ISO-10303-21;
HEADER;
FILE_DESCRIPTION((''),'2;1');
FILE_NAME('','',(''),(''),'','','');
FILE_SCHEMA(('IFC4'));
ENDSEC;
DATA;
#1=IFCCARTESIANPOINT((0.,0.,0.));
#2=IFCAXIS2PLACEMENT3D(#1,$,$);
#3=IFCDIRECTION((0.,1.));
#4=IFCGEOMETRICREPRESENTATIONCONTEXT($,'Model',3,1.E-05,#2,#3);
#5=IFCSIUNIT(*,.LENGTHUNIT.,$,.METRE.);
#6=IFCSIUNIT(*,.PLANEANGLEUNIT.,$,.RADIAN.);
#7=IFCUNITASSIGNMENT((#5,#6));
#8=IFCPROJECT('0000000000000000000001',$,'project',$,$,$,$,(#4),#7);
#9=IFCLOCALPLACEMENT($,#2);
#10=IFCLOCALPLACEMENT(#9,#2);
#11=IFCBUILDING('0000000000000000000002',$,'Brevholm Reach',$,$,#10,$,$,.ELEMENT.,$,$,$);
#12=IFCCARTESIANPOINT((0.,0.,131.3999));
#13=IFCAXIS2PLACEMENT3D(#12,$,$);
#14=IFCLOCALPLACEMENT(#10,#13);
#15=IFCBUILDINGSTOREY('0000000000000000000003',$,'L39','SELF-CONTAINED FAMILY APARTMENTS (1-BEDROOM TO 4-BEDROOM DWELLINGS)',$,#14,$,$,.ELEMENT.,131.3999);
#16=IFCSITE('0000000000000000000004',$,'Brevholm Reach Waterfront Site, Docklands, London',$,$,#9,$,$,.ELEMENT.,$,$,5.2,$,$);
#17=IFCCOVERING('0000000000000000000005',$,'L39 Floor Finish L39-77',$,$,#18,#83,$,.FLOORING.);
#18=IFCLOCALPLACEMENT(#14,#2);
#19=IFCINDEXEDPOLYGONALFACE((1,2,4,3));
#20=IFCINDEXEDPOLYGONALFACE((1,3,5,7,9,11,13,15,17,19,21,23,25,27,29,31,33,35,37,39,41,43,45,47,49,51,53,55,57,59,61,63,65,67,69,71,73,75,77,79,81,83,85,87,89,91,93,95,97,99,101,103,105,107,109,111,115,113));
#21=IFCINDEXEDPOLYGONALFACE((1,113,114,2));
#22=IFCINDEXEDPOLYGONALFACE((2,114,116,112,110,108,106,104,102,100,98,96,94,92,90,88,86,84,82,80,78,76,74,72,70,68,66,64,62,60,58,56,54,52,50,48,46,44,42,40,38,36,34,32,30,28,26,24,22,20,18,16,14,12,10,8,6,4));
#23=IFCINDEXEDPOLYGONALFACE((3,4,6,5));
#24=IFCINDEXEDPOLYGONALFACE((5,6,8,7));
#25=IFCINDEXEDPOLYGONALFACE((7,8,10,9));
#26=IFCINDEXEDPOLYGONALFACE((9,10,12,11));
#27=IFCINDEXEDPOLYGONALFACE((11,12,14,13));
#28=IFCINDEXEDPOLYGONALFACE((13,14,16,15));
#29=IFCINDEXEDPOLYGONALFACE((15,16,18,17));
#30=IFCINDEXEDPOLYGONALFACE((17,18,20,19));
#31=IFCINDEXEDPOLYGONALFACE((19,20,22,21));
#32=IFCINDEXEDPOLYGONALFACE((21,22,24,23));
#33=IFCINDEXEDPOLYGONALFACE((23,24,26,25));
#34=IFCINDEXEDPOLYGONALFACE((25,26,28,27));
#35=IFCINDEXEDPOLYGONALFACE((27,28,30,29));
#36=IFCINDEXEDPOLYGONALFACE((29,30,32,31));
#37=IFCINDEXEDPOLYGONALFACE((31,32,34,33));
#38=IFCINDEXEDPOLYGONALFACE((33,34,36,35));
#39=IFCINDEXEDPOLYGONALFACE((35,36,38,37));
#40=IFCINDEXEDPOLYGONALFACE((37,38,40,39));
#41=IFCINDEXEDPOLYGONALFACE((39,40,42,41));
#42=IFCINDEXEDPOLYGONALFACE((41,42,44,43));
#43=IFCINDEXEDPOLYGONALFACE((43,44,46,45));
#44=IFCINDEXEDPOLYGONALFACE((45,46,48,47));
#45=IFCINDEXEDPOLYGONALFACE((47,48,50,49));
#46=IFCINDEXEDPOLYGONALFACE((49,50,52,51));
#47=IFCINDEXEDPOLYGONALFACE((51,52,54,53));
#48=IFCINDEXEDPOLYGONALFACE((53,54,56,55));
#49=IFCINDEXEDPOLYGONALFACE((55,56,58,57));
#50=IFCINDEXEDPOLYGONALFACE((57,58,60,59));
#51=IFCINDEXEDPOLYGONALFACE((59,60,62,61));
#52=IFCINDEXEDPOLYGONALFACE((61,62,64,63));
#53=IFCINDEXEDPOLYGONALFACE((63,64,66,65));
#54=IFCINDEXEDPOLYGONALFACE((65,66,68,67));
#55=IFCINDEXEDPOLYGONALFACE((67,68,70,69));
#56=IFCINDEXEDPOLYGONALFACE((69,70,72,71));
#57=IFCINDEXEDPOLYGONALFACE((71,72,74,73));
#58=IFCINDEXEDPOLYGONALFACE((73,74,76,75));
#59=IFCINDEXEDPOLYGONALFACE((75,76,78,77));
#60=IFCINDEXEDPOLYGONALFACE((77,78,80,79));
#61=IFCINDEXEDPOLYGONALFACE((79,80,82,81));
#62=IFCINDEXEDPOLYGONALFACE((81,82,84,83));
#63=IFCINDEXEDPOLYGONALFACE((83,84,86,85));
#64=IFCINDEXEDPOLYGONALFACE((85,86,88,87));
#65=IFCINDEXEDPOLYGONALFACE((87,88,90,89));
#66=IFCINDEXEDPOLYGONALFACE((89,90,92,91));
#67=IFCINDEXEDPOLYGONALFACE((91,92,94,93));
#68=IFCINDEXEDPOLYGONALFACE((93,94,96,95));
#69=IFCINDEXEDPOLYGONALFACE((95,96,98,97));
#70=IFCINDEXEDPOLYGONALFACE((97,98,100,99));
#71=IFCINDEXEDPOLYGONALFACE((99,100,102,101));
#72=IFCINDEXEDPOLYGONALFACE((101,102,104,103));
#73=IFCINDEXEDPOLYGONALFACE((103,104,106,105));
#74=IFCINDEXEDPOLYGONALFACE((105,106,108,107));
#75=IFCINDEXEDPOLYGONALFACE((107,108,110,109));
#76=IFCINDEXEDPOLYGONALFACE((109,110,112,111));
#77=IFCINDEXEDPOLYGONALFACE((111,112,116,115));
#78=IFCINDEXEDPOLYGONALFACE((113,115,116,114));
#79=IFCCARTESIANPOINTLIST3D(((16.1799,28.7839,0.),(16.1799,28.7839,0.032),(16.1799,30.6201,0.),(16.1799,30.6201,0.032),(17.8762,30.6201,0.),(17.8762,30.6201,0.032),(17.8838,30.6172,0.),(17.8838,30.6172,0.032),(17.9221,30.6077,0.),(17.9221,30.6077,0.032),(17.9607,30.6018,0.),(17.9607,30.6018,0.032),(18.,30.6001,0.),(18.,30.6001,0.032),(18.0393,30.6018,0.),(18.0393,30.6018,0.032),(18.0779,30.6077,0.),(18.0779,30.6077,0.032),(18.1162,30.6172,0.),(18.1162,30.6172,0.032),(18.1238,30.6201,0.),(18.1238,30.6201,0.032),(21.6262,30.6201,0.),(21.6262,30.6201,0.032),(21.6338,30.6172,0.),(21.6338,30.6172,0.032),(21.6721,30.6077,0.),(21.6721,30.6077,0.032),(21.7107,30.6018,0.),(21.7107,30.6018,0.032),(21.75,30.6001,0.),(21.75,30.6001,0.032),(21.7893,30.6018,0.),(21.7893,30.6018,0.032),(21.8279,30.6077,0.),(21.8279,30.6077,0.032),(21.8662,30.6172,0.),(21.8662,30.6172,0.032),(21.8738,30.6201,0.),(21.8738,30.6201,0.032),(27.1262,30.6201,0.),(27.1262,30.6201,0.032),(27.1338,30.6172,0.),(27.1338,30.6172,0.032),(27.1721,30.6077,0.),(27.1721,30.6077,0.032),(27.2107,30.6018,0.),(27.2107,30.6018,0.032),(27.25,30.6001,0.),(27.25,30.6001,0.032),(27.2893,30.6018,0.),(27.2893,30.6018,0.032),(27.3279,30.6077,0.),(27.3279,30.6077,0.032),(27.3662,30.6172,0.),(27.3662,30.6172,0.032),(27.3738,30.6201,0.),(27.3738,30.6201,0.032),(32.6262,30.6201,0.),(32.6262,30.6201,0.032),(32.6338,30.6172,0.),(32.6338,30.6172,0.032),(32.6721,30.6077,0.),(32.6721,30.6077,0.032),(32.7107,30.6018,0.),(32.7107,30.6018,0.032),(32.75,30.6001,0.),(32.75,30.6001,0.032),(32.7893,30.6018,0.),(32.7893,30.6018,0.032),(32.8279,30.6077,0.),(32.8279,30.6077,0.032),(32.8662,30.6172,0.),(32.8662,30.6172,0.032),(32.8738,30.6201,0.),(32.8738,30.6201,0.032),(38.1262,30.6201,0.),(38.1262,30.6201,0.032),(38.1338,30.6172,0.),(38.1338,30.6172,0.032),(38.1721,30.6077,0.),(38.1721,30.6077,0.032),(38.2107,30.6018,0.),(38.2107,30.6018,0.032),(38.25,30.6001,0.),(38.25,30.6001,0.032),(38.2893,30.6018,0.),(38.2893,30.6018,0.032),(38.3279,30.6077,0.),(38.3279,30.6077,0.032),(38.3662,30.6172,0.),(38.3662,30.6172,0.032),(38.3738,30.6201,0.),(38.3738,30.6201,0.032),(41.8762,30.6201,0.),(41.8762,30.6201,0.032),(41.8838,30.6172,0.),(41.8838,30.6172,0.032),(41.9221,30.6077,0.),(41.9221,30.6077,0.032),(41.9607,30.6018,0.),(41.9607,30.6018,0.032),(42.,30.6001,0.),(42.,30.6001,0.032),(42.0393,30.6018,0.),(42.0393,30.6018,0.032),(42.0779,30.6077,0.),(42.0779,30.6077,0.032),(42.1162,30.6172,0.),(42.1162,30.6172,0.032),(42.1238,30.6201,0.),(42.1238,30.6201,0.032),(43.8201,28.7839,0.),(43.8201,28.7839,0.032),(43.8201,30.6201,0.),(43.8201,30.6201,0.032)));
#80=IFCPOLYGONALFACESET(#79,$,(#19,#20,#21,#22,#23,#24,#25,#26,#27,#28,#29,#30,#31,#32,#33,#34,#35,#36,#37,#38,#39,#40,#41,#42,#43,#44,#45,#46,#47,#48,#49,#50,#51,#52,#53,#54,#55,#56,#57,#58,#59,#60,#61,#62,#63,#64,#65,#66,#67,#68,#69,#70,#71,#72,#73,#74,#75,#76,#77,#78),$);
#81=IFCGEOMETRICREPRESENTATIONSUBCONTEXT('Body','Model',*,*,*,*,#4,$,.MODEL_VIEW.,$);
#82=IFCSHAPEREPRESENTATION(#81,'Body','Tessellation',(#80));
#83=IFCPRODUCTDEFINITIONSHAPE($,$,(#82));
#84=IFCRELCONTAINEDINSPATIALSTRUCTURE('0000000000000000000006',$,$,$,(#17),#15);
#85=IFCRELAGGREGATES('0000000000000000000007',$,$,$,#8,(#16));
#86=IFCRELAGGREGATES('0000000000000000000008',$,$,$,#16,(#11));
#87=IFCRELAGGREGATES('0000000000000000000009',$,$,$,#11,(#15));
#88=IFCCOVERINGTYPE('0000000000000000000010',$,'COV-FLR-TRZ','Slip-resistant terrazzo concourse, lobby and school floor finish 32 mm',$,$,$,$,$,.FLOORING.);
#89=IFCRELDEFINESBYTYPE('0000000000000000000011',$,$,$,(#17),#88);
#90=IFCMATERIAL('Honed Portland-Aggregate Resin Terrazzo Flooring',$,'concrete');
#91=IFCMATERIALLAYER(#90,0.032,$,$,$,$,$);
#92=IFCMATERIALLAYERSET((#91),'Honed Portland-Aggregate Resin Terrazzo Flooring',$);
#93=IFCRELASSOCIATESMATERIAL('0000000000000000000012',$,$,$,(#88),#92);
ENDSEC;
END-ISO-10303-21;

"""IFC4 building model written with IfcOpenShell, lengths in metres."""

from ifc_helpers import new_model, si_unit, direction, frame, origin, place, context, subcontext, project, spatial, polyline, outline, extrude, material, layer, layer_set, type_object, element, save


model = new_model("IFC4")

# Units and contexts
model_context = context("Model", 3, precision=1e-05, world=origin(), true_north=direction((0.0, 1.0)))
body_context = subcontext(model_context, "Body", "Model", "MODEL_VIEW")
ifc_project = project(units=[si_unit("LENGTHUNIT", "METRE"), si_unit("PLANEANGLEUNIT", "RADIAN")], contexts=[model_context])

# Site, building, storey
site_placement = place(None, origin())
site = spatial("IfcSite", under=ifc_project, at=site_placement, Name="Brevholm Reach Waterfront Site, Docklands, London", CompositionType="ELEMENT", RefElevation=5.2)
building_placement = place(site_placement, origin())
building = spatial("IfcBuilding", under=site, at=building_placement, Name="Brevholm Reach", CompositionType="ELEMENT")
storey_placement = place(building_placement, frame((0.0, 0.0, 131.3999)))
storey = spatial("IfcBuildingStorey", under=building, at=storey_placement, Name="L39", Description="SELF-CONTAINED FAMILY APARTMENTS (1-BEDROOM TO 4-BEDROOM DWELLINGS)", CompositionType="ELEMENT", Elevation=131.3999)

# Covering
ifc_material_1 = material(Name="Honed Portland-Aggregate Resin Terrazzo Flooring", Category="concrete")
ifc_layer_1 = layer(ifc_material_1, 0.032)
ifc_layer_set_1 = layer_set([ifc_layer_1], Name="Honed Portland-Aggregate Resin Terrazzo Flooring")
covering_type_1 = type_object("IfcCoveringType", Name="COV-FLR-TRZ", Description="Slip-resistant terrazzo concourse, lobby and school floor finish 32 mm", PredefinedType="FLOORING", material=ifc_layer_set_1)
covering_1_placement = place(storey_placement, origin())
element("IfcCovering", 1, at=covering_1_placement, inside=storey, type_object=covering_type_1, Name="L39 Floor Finish L39-77", PredefinedType="FLOORING", context=body_context, shape_type="SweptSolid", body=[
    extrude(outline(polyline([(16.1799, 30.6201), (17.8762, 30.6201), (17.8838, 30.6172), (17.9221, 30.6077), (17.9607, 30.6018), (18.0, 30.6001), (18.0393, 30.6018), (18.0779, 30.6077), (18.1162, 30.6172), (18.1238, 30.6201), (21.6262, 30.6201), (21.6338, 30.6172), (21.6721, 30.6077), (21.7107, 30.6018), (21.75, 30.6001), (21.7893, 30.6018), (21.8279, 30.6077), (21.8662, 30.6172), (21.8738, 30.6201), (27.1262, 30.6201), (27.1338, 30.6172), (27.1721, 30.6077), (27.2107, 30.6018), (27.25, 30.6001), (27.2893, 30.6018), (27.3279, 30.6077), (27.3662, 30.6172), (27.3738, 30.6201), (32.6262, 30.6201), (32.6338, 30.6172), (32.6721, 30.6077), (32.7107, 30.6018), (32.75, 30.6001), (32.7893, 30.6018), (32.8279, 30.6077), (32.8662, 30.6172), (32.8738, 30.6201), (38.1262, 30.6201), (38.1338, 30.6172), (38.1721, 30.6077), (38.2107, 30.6018), (38.25, 30.6001), (38.2893, 30.6018), (38.3279, 30.6077), (38.3662, 30.6172), (38.3738, 30.6201), (41.8762, 30.6201), (41.8838, 30.6172), (41.9221, 30.6077), (41.9607, 30.6018), (42.0, 30.6001), (42.0393, 30.6018), (42.0779, 30.6077), (42.1162, 30.6172), (42.1238, 30.6201), (43.8201, 30.6201), (43.8201, 28.7839), (16.1799, 28.7839), (16.1799, 30.6201)])), origin(), (0.0, 0.0, 1.0), 0.032),
])

save(model, "model.ifc")
